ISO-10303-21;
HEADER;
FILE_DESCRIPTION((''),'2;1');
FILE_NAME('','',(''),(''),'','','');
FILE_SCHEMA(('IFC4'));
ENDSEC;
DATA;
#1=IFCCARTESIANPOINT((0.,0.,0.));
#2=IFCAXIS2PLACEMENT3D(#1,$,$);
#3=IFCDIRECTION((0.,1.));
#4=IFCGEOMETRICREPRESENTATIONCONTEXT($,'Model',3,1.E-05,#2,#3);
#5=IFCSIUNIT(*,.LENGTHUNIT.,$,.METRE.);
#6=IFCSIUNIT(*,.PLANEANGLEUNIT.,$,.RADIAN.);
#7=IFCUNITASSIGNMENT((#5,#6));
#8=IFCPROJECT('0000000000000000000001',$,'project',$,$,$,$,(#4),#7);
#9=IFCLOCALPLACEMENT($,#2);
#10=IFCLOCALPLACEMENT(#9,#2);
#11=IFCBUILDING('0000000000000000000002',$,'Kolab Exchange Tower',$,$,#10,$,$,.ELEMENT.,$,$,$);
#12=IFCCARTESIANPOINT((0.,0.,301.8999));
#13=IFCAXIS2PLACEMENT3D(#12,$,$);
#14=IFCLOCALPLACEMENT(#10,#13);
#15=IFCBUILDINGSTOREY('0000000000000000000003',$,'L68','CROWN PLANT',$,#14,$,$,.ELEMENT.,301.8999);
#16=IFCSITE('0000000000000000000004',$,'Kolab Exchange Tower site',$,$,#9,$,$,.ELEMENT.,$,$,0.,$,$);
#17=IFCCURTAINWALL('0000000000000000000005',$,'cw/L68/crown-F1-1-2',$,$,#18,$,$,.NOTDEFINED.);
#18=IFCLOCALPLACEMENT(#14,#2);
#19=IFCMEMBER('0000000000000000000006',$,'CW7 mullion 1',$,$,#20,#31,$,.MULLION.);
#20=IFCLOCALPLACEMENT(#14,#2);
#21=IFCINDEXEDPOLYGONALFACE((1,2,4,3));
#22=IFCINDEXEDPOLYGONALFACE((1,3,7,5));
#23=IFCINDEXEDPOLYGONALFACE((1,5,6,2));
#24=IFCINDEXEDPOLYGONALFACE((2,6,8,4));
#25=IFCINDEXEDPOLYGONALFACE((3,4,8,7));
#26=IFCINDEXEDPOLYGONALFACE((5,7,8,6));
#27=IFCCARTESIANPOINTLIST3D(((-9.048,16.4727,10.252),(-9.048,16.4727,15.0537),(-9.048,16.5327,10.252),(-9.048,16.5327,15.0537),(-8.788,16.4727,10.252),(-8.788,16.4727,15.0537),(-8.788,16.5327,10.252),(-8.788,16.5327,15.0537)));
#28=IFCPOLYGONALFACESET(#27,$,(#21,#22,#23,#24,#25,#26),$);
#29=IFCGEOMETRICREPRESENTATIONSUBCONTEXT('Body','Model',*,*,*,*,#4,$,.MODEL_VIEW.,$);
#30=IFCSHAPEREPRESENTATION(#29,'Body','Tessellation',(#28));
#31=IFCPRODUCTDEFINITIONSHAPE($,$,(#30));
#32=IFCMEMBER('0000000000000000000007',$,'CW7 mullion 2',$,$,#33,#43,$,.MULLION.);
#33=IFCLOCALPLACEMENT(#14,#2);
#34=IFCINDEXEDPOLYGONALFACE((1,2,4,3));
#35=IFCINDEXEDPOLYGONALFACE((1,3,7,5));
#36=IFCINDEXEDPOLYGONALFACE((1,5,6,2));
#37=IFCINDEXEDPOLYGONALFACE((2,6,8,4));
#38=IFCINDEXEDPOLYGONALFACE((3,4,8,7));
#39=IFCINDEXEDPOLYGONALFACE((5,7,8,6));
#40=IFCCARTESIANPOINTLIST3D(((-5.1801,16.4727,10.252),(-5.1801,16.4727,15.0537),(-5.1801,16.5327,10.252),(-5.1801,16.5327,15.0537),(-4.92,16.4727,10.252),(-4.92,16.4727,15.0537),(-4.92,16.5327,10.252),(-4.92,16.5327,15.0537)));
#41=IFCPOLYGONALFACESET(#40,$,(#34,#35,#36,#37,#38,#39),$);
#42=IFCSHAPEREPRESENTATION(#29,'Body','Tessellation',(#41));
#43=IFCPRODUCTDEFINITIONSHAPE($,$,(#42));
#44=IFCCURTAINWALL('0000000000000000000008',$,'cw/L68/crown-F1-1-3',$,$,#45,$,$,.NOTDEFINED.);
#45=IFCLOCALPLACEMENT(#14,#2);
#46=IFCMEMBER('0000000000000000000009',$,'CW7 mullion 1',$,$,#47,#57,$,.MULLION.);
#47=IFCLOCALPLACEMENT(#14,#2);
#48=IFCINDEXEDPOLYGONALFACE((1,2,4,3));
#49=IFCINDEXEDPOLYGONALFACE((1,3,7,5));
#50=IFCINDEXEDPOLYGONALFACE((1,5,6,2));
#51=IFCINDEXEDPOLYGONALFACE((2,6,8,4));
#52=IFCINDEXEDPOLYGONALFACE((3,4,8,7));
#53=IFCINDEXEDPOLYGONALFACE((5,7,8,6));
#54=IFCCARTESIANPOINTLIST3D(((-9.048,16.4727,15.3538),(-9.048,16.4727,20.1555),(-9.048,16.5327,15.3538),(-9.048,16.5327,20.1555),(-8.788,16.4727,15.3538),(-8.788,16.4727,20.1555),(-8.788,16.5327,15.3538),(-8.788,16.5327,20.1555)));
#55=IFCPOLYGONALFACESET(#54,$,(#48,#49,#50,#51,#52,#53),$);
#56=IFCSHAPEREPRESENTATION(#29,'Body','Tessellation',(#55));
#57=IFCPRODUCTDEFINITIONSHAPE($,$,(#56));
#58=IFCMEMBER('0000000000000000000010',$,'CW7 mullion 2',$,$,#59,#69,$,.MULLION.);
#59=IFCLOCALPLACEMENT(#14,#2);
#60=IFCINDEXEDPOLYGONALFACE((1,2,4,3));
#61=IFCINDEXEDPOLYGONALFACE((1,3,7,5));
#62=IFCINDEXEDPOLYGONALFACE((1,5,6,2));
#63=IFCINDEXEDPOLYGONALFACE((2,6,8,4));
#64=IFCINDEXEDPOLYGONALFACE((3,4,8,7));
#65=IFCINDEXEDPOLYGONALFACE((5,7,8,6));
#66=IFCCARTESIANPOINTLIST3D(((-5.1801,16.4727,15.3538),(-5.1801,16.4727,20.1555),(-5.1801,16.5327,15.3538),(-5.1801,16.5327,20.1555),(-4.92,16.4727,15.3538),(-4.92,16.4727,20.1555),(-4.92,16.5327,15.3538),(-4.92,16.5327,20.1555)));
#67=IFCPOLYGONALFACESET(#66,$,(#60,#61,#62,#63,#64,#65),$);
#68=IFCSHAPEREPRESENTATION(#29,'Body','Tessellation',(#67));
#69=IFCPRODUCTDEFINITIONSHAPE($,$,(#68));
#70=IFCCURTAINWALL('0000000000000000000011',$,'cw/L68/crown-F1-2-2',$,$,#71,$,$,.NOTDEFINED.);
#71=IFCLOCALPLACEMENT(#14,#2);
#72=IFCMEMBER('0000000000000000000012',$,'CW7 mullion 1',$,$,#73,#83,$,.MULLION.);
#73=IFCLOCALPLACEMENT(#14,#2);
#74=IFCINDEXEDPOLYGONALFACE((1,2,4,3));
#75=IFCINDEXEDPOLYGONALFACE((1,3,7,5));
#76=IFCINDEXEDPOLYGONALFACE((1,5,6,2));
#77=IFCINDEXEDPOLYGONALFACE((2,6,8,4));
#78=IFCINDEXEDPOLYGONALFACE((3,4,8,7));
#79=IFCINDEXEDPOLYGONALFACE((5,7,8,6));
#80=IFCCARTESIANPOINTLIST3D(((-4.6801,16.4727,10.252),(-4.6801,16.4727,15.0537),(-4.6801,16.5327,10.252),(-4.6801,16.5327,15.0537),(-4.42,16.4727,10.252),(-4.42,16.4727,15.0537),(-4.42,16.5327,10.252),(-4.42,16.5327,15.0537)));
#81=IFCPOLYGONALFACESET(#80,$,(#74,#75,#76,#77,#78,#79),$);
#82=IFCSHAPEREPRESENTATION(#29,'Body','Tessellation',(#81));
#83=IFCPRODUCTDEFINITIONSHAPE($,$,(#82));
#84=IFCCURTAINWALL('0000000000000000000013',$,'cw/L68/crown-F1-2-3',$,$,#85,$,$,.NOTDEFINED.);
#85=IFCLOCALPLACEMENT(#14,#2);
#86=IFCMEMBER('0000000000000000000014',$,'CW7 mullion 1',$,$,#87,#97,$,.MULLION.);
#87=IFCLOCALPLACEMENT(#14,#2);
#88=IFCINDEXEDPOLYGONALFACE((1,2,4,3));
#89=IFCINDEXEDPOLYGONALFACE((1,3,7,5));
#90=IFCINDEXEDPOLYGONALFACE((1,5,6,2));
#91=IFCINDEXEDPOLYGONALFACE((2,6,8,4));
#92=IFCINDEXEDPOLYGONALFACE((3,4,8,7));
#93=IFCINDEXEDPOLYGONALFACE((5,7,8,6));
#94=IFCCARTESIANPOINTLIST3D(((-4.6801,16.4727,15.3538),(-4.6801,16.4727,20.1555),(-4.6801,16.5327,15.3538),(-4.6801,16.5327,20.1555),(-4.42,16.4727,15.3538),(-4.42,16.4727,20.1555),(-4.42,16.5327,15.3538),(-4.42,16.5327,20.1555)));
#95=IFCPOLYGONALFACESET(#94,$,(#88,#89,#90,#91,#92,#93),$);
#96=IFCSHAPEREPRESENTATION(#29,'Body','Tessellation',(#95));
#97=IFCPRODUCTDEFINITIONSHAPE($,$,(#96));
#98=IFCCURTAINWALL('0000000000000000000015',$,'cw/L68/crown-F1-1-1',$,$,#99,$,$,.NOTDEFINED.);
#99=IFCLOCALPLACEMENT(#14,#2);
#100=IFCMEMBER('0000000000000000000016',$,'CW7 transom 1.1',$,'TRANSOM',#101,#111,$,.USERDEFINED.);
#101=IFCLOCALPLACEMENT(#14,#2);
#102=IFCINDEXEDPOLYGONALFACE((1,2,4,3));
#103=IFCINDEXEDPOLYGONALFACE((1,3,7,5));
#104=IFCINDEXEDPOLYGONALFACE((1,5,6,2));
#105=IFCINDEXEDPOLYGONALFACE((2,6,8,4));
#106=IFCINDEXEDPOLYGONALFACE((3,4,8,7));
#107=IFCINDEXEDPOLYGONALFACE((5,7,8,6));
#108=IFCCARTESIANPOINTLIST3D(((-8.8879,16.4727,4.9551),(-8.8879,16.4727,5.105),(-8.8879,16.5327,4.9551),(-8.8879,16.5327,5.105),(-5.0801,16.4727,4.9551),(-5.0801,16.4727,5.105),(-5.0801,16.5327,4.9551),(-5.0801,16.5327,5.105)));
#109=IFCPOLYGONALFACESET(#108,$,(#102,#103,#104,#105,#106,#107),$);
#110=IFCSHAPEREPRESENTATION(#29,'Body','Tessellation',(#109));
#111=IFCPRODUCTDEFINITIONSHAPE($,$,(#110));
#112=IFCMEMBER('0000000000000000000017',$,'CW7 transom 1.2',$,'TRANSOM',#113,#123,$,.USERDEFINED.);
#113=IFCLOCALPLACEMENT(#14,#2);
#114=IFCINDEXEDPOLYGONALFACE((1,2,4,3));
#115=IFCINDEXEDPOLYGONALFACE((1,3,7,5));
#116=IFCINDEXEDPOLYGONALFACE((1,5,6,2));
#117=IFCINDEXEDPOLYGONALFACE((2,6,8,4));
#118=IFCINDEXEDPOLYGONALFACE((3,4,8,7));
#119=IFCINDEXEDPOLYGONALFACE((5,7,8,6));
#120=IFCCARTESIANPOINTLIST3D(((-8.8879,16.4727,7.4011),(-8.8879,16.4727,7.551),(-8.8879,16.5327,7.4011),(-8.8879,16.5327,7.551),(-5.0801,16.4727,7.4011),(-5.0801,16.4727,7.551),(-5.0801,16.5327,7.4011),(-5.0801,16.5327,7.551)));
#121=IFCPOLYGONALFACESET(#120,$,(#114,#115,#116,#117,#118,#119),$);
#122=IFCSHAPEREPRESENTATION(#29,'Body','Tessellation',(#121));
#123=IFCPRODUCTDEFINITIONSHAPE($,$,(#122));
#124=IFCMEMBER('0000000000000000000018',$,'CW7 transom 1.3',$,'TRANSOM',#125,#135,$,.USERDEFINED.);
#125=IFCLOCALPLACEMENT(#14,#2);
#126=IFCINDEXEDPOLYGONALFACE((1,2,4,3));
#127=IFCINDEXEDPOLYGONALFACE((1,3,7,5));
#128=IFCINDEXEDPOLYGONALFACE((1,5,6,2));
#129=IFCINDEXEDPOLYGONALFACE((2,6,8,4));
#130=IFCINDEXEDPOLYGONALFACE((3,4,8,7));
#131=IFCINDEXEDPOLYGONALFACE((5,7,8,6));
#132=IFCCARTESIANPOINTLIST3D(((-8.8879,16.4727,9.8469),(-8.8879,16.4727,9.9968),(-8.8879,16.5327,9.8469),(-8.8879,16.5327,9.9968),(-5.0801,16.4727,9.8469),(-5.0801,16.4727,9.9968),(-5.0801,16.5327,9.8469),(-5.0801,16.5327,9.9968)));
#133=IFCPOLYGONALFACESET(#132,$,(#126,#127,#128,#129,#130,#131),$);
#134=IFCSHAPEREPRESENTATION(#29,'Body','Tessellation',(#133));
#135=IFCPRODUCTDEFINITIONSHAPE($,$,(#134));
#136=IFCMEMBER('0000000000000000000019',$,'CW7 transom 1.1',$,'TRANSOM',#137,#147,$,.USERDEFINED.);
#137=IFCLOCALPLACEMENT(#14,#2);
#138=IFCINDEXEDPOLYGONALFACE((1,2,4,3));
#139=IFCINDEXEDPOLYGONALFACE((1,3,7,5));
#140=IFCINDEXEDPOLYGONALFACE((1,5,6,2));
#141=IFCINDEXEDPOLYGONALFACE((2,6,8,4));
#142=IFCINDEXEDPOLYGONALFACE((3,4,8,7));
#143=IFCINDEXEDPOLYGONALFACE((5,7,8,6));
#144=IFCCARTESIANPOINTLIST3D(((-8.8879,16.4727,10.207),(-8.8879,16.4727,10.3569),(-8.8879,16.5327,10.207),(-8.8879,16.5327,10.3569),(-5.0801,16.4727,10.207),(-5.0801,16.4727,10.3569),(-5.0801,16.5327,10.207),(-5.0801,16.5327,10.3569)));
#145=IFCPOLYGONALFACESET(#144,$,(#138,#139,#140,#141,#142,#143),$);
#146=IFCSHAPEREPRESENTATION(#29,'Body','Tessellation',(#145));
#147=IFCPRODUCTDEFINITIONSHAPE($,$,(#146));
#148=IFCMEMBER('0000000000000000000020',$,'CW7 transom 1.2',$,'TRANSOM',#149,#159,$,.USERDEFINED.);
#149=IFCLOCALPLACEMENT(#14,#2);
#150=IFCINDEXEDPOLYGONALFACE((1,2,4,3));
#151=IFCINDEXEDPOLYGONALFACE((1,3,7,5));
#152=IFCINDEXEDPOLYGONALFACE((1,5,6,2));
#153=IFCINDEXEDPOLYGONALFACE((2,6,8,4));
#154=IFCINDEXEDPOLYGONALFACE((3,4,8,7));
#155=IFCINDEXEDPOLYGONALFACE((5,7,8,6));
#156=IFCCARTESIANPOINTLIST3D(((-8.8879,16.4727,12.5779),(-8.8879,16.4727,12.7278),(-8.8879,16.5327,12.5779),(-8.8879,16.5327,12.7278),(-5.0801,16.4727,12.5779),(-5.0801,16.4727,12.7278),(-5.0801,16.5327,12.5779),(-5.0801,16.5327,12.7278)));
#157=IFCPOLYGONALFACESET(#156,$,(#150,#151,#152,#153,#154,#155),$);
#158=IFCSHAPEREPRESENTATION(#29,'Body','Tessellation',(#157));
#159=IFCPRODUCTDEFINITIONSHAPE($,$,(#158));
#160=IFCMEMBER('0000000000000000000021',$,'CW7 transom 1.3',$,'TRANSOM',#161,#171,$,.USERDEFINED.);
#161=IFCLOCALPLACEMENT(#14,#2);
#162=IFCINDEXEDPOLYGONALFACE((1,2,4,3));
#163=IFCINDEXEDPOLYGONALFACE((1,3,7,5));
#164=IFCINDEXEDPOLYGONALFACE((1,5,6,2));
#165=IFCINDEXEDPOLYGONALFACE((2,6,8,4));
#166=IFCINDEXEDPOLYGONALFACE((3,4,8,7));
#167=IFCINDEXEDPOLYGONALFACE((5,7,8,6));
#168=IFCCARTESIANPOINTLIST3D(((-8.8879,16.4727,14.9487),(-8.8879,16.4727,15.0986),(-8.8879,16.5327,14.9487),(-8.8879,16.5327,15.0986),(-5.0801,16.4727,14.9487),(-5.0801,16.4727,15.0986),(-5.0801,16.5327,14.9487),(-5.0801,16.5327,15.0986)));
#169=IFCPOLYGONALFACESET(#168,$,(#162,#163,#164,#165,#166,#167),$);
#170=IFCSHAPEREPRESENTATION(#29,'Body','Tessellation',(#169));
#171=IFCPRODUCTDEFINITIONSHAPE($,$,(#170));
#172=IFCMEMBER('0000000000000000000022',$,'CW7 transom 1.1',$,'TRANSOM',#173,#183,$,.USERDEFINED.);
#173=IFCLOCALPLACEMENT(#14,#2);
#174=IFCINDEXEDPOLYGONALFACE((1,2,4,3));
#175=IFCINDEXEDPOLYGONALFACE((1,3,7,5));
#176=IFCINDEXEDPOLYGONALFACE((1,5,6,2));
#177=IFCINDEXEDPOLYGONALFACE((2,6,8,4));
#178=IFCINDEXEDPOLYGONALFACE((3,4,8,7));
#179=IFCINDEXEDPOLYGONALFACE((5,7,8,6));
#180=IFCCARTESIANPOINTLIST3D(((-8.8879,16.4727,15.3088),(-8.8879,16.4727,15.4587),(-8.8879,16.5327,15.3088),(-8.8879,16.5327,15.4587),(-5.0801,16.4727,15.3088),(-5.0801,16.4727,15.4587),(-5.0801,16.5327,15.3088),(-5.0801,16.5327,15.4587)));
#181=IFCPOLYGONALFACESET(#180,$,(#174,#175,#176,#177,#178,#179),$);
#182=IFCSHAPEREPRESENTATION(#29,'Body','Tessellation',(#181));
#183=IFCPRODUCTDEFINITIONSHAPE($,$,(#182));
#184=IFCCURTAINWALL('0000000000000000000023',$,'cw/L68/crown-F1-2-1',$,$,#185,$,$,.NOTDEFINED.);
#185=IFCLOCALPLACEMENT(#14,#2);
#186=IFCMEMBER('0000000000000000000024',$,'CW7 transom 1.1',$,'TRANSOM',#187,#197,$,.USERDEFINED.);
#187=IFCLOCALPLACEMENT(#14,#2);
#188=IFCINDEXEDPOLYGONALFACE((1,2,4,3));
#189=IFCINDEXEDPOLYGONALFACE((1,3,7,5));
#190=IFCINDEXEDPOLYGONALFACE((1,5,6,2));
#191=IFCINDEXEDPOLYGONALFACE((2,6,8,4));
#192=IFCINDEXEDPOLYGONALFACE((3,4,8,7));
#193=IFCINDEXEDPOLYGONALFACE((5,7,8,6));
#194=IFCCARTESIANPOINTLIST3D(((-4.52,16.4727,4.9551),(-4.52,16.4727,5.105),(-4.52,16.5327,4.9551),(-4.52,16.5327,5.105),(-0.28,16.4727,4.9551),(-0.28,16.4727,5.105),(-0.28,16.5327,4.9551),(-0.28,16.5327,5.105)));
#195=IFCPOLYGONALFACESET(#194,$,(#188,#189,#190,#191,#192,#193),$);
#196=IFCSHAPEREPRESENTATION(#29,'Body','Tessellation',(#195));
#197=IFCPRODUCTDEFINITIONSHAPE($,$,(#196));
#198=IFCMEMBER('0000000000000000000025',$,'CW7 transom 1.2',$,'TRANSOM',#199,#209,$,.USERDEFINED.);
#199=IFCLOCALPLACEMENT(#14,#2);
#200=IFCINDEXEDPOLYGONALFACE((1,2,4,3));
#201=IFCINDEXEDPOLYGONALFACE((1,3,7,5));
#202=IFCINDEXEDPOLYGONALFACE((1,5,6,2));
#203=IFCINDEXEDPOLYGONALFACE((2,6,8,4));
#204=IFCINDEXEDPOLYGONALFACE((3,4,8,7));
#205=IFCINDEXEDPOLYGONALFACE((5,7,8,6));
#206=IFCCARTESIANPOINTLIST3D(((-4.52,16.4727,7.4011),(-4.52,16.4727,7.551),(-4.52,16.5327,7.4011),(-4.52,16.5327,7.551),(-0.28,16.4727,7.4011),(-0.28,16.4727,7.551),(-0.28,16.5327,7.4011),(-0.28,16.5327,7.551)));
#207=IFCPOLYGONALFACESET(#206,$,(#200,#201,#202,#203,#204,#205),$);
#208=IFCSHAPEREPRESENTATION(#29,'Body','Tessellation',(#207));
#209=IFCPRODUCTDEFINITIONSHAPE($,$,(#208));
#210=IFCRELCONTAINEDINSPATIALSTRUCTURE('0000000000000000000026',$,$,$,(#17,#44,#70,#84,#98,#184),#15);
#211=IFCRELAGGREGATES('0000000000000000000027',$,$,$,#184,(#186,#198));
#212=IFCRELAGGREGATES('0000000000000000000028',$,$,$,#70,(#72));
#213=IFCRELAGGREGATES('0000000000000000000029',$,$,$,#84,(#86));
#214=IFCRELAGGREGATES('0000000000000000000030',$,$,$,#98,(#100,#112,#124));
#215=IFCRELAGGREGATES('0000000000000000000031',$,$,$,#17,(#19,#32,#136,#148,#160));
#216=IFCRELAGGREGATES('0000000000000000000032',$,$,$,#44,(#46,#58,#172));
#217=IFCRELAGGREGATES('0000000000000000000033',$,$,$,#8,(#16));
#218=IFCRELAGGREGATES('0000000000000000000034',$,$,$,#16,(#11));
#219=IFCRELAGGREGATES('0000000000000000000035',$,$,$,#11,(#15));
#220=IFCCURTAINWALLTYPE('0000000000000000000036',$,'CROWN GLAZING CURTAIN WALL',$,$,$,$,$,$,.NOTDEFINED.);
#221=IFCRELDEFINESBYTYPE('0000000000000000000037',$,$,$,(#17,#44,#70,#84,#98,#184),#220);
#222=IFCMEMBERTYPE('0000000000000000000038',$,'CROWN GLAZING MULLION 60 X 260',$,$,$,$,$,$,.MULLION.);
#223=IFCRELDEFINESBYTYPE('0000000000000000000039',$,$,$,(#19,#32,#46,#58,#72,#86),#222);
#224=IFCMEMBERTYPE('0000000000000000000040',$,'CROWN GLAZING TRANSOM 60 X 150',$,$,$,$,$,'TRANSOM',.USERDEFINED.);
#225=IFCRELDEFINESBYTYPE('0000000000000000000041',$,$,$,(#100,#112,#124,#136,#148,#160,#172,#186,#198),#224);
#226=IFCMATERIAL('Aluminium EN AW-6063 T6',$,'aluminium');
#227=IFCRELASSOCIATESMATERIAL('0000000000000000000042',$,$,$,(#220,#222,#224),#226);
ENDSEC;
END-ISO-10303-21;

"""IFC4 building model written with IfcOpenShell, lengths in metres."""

from ifc_helpers import new_model, si_unit, direction, frame, origin, origin_2d, place, context, subcontext, project, spatial, rectangle, extrude, material, material_profile, profile_set, type_object, element, aggregate, save


model = new_model("IFC4")

# Units and contexts
model_context = context("Model", 3, precision=1e-05, world=origin(), true_north=direction((0.0, 1.0)))
body_context = subcontext(model_context, "Body", "Model", "MODEL_VIEW")
ifc_project = project(units=[si_unit("LENGTHUNIT", "METRE"), si_unit("PLANEANGLEUNIT", "RADIAN")], contexts=[model_context])

# Site, building, storey
site_placement = place(None, origin())
site = spatial("IfcSite", under=ifc_project, at=site_placement, Name="Kolab Exchange Tower site", CompositionType="ELEMENT", RefElevation=0.0)
building_placement = place(site_placement, origin())
building = spatial("IfcBuilding", under=site, at=building_placement, Name="Kolab Exchange Tower", CompositionType="ELEMENT")
storey_placement = place(building_placement, frame((0.0, 0.0, 301.8999)))
storey = spatial("IfcBuildingStorey", under=building, at=storey_placement, Name="L68", Description="CROWN PLANT", CompositionType="ELEMENT", Elevation=301.8999)

# Curtain walls, members
ifc_material_1 = material(Name="Aluminium EN AW-6063 T6", Category="aluminium")
curtain_wall_type = type_object("IfcCurtainWallType", Name="CROWN GLAZING CURTAIN WALL", PredefinedType="NOTDEFINED", material=ifc_material_1)
curtain_wall_1_placement = place(storey_placement, origin())
curtain_wall_1 = element("IfcCurtainWall", 1, at=curtain_wall_1_placement, inside=storey, type_object=curtain_wall_type, Name="cw/L68/crown-F1-1-2", PredefinedType="NOTDEFINED")
ifc_material_profile_1 = material_profile(ifc_material_1, rectangle(XDim=0.0601, YDim=0.26, at=origin_2d()), Name="RECT 60X260")
ifc_profile_set_1 = profile_set([ifc_material_profile_1], Name="Aluminium EN AW-6063 T6")
member_type_1 = type_object("IfcMemberType", Name="CROWN GLAZING MULLION 60 X 260", PredefinedType="MULLION", material=ifc_profile_set_1)
member_1_placement = place(storey_placement, frame((-8.918, 16.5027, 10.252), z_axis=(0.0, 0.0, 1.0), x_axis=(0.0, 1.0, 0.0)))
member_1 = element("IfcMember", 2, at=member_1_placement, type_object=member_type_1, Name="CW7 mullion 1", PredefinedType="MULLION", context=body_context, shape_type="SweptSolid", body=[
    extrude(rectangle(XDim=0.0601, YDim=0.26, at=origin_2d()), origin(), (0.0, 0.0, 1.0), 4.8018),
])
member_2_placement = place(storey_placement, frame((-5.05, 16.5027, 10.252), z_axis=(0.0, 0.0, 1.0), x_axis=(0.0, 1.0, 0.0)))
member_2 = element("IfcMember", 3, at=member_2_placement, type_object=member_type_1, Name="CW7 mullion 2", PredefinedType="MULLION", context=body_context, shape_type="SweptSolid", body=[
    extrude(rectangle(XDim=0.0601, YDim=0.26, at=origin_2d()), origin(), (0.0, 0.0, 1.0), 4.8018),
])
curtain_wall_2_placement = place(storey_placement, origin())
curtain_wall_2 = element("IfcCurtainWall", 4, at=curtain_wall_2_placement, inside=storey, type_object=curtain_wall_type, Name="cw/L68/crown-F1-1-3", PredefinedType="NOTDEFINED")
member_3_placement = place(storey_placement, frame((-8.918, 16.5027, 15.3538), z_axis=(0.0, 0.0, 1.0), x_axis=(0.0, 1.0, 0.0)))
member_3 = element("IfcMember", 5, at=member_3_placement, type_object=member_type_1, Name="CW7 mullion 1", PredefinedType="MULLION", context=body_context, shape_type="SweptSolid", body=[
    extrude(rectangle(XDim=0.0601, YDim=0.26, at=origin_2d()), origin(), (0.0, 0.0, 1.0), 4.8018),
])
member_4_placement = place(storey_placement, frame((-5.05, 16.5027, 15.3538), z_axis=(0.0, 0.0, 1.0), x_axis=(0.0, 1.0, 0.0)))
member_4 = element("IfcMember", 6, at=member_4_placement, type_object=member_type_1, Name="CW7 mullion 2", PredefinedType="MULLION", context=body_context, shape_type="SweptSolid", body=[
    extrude(rectangle(XDim=0.0601, YDim=0.26, at=origin_2d()), origin(), (0.0, 0.0, 1.0), 4.8018),
])

# Curtain walls, members
curtain_wall_3_placement = place(storey_placement, origin())
curtain_wall_3 = element("IfcCurtainWall", 7, at=curtain_wall_3_placement, inside=storey, type_object=curtain_wall_type, Name="cw/L68/crown-F1-2-2", PredefinedType="NOTDEFINED")
member_5_placement = place(storey_placement, frame((-4.55, 16.5027, 10.252), z_axis=(0.0, 0.0, 1.0), x_axis=(0.0, 1.0, 0.0)))
member_5 = element("IfcMember", 8, at=member_5_placement, type_object=member_type_1, Name="CW7 mullion 1", PredefinedType="MULLION", context=body_context, shape_type="SweptSolid", body=[
    extrude(rectangle(XDim=0.0601, YDim=0.26, at=origin_2d()), origin(), (0.0, 0.0, 1.0), 4.8018),
])
curtain_wall_4_placement = place(storey_placement, origin())
curtain_wall_4 = element("IfcCurtainWall", 9, at=curtain_wall_4_placement, inside=storey, type_object=curtain_wall_type, Name="cw/L68/crown-F1-2-3", PredefinedType="NOTDEFINED")
member_6_placement = place(storey_placement, frame((-4.55, 16.5027, 15.3538), z_axis=(0.0, 0.0, 1.0), x_axis=(0.0, 1.0, 0.0)))
member_6 = element("IfcMember", 10, at=member_6_placement, type_object=member_type_1, Name="CW7 mullion 1", PredefinedType="MULLION", context=body_context, shape_type="SweptSolid", body=[
    extrude(rectangle(XDim=0.0601, YDim=0.26, at=origin_2d()), origin(), (0.0, 0.0, 1.0), 4.8018),
])

# Curtain wall, members
curtain_wall_5_placement = place(storey_placement, origin())
curtain_wall_5 = element("IfcCurtainWall", 11, at=curtain_wall_5_placement, inside=storey, type_object=curtain_wall_type, Name="cw/L68/crown-F1-1-1", PredefinedType="NOTDEFINED")
ifc_material_profile_2 = material_profile(ifc_material_1, rectangle(XDim=0.0601, YDim=0.1499, at=origin_2d()), Name="RECT 60X150")
ifc_profile_set_2 = profile_set([ifc_material_profile_2], Name="Aluminium EN AW-6063 T6")
member_type_2 = type_object("IfcMemberType", Name="CROWN GLAZING TRANSOM 60 X 150", ElementType="TRANSOM", PredefinedType="USERDEFINED", material=ifc_profile_set_2)
member_7_placement = place(storey_placement, frame((-8.8879, 16.5027, 5.03), z_axis=(1.0, 0.0, 0.0), x_axis=(0.0, 1.0, 0.0)))
member_7 = element("IfcMember", 12, at=member_7_placement, type_object=member_type_2, Name="CW7 transom 1.1", ObjectType="TRANSOM", PredefinedType="USERDEFINED", context=body_context, shape_type="SweptSolid", body=[
    extrude(rectangle(XDim=0.0601, YDim=0.1499, at=origin_2d()), origin(), (0.0, 0.0, 1.0), 3.8079),
])
member_8_placement = place(storey_placement, frame((-8.8879, 16.5027, 7.4761), z_axis=(1.0, 0.0, 0.0), x_axis=(0.0, 1.0, 0.0)))
member_8 = element("IfcMember", 13, at=member_8_placement, type_object=member_type_2, Name="CW7 transom 1.2", ObjectType="TRANSOM", PredefinedType="USERDEFINED", context=body_context, shape_type="SweptSolid", body=[
    extrude(rectangle(XDim=0.0601, YDim=0.1499, at=origin_2d()), origin(), (0.0, 0.0, 1.0), 3.8079),
])
member_9_placement = place(storey_placement, frame((-8.8879, 16.5027, 9.9219), z_axis=(1.0, 0.0, 0.0), x_axis=(0.0, 1.0, 0.0)))
member_9 = element("IfcMember", 14, at=member_9_placement, type_object=member_type_2, Name="CW7 transom 1.3", ObjectType="TRANSOM", PredefinedType="USERDEFINED", context=body_context, shape_type="SweptSolid", body=[
    extrude(rectangle(XDim=0.0601, YDim=0.1499, at=origin_2d()), origin(), (0.0, 0.0, 1.0), 3.8079),
])

# Members
member_10_placement = place(storey_placement, frame((-8.8879, 16.5027, 10.282), z_axis=(1.0, 0.0, 0.0), x_axis=(0.0, 1.0, 0.0)))
member_10 = element("IfcMember", 15, at=member_10_placement, type_object=member_type_2, Name="CW7 transom 1.1", ObjectType="TRANSOM", PredefinedType="USERDEFINED", context=body_context, shape_type="SweptSolid", body=[
    extrude(rectangle(XDim=0.0601, YDim=0.1499, at=origin_2d()), origin(), (0.0, 0.0, 1.0), 3.8079),
])
member_11_placement = place(storey_placement, frame((-8.8879, 16.5027, 12.6528), z_axis=(1.0, 0.0, 0.0), x_axis=(0.0, 1.0, 0.0)))
member_11 = element("IfcMember", 16, at=member_11_placement, type_object=member_type_2, Name="CW7 transom 1.2", ObjectType="TRANSOM", PredefinedType="USERDEFINED", context=body_context, shape_type="SweptSolid", body=[
    extrude(rectangle(XDim=0.0601, YDim=0.1499, at=origin_2d()), origin(), (0.0, 0.0, 1.0), 3.8079),
])
member_12_placement = place(storey_placement, frame((-8.8879, 16.5027, 15.0237), z_axis=(1.0, 0.0, 0.0), x_axis=(0.0, 1.0, 0.0)))
member_12 = element("IfcMember", 17, at=member_12_placement, type_object=member_type_2, Name="CW7 transom 1.3", ObjectType="TRANSOM", PredefinedType="USERDEFINED", context=body_context, shape_type="SweptSolid", body=[
    extrude(rectangle(XDim=0.0601, YDim=0.1499, at=origin_2d()), origin(), (0.0, 0.0, 1.0), 3.8079),
])
member_13_placement = place(storey_placement, frame((-8.8879, 16.5027, 15.3838), z_axis=(1.0, 0.0, 0.0), x_axis=(0.0, 1.0, 0.0)))
member_13 = element("IfcMember", 18, at=member_13_placement, type_object=member_type_2, Name="CW7 transom 1.1", ObjectType="TRANSOM", PredefinedType="USERDEFINED", context=body_context, shape_type="SweptSolid", body=[
    extrude(rectangle(XDim=0.0601, YDim=0.1499, at=origin_2d()), origin(), (0.0, 0.0, 1.0), 3.8079),
])

# Curtain wall, members
curtain_wall_6_placement = place(storey_placement, origin())
curtain_wall_6 = element("IfcCurtainWall", 19, at=curtain_wall_6_placement, inside=storey, type_object=curtain_wall_type, Name="cw/L68/crown-F1-2-1", PredefinedType="NOTDEFINED")
member_14_placement = place(storey_placement, frame((-4.52, 16.5027, 5.03), z_axis=(1.0, 0.0, 0.0), x_axis=(0.0, 1.0, 0.0)))
member_14 = element("IfcMember", 20, at=member_14_placement, type_object=member_type_2, Name="CW7 transom 1.1", ObjectType="TRANSOM", PredefinedType="USERDEFINED", context=body_context, shape_type="SweptSolid", body=[
    extrude(rectangle(XDim=0.0601, YDim=0.1499, at=origin_2d()), origin(), (0.0, 0.0, 1.0), 4.24),
])
member_15_placement = place(storey_placement, frame((-4.52, 16.5027, 7.4761), z_axis=(1.0, 0.0, 0.0), x_axis=(0.0, 1.0, 0.0)))
member_15 = element("IfcMember", 21, at=member_15_placement, type_object=member_type_2, Name="CW7 transom 1.2", ObjectType="TRANSOM", PredefinedType="USERDEFINED", context=body_context, shape_type="SweptSolid", body=[
    extrude(rectangle(XDim=0.0601, YDim=0.1499, at=origin_2d()), origin(), (0.0, 0.0, 1.0), 4.24),
])
aggregate(curtain_wall_6, [member_14, member_15])

aggregate(curtain_wall_3, [member_5])
aggregate(curtain_wall_4, [member_6])

aggregate(curtain_wall_5, [member_7, member_8, member_9])
aggregate(curtain_wall_1, [member_1, member_2, member_10, member_11, member_12])
aggregate(curtain_wall_2, [member_3, member_4, member_13])

save(model, "model.ifc")
